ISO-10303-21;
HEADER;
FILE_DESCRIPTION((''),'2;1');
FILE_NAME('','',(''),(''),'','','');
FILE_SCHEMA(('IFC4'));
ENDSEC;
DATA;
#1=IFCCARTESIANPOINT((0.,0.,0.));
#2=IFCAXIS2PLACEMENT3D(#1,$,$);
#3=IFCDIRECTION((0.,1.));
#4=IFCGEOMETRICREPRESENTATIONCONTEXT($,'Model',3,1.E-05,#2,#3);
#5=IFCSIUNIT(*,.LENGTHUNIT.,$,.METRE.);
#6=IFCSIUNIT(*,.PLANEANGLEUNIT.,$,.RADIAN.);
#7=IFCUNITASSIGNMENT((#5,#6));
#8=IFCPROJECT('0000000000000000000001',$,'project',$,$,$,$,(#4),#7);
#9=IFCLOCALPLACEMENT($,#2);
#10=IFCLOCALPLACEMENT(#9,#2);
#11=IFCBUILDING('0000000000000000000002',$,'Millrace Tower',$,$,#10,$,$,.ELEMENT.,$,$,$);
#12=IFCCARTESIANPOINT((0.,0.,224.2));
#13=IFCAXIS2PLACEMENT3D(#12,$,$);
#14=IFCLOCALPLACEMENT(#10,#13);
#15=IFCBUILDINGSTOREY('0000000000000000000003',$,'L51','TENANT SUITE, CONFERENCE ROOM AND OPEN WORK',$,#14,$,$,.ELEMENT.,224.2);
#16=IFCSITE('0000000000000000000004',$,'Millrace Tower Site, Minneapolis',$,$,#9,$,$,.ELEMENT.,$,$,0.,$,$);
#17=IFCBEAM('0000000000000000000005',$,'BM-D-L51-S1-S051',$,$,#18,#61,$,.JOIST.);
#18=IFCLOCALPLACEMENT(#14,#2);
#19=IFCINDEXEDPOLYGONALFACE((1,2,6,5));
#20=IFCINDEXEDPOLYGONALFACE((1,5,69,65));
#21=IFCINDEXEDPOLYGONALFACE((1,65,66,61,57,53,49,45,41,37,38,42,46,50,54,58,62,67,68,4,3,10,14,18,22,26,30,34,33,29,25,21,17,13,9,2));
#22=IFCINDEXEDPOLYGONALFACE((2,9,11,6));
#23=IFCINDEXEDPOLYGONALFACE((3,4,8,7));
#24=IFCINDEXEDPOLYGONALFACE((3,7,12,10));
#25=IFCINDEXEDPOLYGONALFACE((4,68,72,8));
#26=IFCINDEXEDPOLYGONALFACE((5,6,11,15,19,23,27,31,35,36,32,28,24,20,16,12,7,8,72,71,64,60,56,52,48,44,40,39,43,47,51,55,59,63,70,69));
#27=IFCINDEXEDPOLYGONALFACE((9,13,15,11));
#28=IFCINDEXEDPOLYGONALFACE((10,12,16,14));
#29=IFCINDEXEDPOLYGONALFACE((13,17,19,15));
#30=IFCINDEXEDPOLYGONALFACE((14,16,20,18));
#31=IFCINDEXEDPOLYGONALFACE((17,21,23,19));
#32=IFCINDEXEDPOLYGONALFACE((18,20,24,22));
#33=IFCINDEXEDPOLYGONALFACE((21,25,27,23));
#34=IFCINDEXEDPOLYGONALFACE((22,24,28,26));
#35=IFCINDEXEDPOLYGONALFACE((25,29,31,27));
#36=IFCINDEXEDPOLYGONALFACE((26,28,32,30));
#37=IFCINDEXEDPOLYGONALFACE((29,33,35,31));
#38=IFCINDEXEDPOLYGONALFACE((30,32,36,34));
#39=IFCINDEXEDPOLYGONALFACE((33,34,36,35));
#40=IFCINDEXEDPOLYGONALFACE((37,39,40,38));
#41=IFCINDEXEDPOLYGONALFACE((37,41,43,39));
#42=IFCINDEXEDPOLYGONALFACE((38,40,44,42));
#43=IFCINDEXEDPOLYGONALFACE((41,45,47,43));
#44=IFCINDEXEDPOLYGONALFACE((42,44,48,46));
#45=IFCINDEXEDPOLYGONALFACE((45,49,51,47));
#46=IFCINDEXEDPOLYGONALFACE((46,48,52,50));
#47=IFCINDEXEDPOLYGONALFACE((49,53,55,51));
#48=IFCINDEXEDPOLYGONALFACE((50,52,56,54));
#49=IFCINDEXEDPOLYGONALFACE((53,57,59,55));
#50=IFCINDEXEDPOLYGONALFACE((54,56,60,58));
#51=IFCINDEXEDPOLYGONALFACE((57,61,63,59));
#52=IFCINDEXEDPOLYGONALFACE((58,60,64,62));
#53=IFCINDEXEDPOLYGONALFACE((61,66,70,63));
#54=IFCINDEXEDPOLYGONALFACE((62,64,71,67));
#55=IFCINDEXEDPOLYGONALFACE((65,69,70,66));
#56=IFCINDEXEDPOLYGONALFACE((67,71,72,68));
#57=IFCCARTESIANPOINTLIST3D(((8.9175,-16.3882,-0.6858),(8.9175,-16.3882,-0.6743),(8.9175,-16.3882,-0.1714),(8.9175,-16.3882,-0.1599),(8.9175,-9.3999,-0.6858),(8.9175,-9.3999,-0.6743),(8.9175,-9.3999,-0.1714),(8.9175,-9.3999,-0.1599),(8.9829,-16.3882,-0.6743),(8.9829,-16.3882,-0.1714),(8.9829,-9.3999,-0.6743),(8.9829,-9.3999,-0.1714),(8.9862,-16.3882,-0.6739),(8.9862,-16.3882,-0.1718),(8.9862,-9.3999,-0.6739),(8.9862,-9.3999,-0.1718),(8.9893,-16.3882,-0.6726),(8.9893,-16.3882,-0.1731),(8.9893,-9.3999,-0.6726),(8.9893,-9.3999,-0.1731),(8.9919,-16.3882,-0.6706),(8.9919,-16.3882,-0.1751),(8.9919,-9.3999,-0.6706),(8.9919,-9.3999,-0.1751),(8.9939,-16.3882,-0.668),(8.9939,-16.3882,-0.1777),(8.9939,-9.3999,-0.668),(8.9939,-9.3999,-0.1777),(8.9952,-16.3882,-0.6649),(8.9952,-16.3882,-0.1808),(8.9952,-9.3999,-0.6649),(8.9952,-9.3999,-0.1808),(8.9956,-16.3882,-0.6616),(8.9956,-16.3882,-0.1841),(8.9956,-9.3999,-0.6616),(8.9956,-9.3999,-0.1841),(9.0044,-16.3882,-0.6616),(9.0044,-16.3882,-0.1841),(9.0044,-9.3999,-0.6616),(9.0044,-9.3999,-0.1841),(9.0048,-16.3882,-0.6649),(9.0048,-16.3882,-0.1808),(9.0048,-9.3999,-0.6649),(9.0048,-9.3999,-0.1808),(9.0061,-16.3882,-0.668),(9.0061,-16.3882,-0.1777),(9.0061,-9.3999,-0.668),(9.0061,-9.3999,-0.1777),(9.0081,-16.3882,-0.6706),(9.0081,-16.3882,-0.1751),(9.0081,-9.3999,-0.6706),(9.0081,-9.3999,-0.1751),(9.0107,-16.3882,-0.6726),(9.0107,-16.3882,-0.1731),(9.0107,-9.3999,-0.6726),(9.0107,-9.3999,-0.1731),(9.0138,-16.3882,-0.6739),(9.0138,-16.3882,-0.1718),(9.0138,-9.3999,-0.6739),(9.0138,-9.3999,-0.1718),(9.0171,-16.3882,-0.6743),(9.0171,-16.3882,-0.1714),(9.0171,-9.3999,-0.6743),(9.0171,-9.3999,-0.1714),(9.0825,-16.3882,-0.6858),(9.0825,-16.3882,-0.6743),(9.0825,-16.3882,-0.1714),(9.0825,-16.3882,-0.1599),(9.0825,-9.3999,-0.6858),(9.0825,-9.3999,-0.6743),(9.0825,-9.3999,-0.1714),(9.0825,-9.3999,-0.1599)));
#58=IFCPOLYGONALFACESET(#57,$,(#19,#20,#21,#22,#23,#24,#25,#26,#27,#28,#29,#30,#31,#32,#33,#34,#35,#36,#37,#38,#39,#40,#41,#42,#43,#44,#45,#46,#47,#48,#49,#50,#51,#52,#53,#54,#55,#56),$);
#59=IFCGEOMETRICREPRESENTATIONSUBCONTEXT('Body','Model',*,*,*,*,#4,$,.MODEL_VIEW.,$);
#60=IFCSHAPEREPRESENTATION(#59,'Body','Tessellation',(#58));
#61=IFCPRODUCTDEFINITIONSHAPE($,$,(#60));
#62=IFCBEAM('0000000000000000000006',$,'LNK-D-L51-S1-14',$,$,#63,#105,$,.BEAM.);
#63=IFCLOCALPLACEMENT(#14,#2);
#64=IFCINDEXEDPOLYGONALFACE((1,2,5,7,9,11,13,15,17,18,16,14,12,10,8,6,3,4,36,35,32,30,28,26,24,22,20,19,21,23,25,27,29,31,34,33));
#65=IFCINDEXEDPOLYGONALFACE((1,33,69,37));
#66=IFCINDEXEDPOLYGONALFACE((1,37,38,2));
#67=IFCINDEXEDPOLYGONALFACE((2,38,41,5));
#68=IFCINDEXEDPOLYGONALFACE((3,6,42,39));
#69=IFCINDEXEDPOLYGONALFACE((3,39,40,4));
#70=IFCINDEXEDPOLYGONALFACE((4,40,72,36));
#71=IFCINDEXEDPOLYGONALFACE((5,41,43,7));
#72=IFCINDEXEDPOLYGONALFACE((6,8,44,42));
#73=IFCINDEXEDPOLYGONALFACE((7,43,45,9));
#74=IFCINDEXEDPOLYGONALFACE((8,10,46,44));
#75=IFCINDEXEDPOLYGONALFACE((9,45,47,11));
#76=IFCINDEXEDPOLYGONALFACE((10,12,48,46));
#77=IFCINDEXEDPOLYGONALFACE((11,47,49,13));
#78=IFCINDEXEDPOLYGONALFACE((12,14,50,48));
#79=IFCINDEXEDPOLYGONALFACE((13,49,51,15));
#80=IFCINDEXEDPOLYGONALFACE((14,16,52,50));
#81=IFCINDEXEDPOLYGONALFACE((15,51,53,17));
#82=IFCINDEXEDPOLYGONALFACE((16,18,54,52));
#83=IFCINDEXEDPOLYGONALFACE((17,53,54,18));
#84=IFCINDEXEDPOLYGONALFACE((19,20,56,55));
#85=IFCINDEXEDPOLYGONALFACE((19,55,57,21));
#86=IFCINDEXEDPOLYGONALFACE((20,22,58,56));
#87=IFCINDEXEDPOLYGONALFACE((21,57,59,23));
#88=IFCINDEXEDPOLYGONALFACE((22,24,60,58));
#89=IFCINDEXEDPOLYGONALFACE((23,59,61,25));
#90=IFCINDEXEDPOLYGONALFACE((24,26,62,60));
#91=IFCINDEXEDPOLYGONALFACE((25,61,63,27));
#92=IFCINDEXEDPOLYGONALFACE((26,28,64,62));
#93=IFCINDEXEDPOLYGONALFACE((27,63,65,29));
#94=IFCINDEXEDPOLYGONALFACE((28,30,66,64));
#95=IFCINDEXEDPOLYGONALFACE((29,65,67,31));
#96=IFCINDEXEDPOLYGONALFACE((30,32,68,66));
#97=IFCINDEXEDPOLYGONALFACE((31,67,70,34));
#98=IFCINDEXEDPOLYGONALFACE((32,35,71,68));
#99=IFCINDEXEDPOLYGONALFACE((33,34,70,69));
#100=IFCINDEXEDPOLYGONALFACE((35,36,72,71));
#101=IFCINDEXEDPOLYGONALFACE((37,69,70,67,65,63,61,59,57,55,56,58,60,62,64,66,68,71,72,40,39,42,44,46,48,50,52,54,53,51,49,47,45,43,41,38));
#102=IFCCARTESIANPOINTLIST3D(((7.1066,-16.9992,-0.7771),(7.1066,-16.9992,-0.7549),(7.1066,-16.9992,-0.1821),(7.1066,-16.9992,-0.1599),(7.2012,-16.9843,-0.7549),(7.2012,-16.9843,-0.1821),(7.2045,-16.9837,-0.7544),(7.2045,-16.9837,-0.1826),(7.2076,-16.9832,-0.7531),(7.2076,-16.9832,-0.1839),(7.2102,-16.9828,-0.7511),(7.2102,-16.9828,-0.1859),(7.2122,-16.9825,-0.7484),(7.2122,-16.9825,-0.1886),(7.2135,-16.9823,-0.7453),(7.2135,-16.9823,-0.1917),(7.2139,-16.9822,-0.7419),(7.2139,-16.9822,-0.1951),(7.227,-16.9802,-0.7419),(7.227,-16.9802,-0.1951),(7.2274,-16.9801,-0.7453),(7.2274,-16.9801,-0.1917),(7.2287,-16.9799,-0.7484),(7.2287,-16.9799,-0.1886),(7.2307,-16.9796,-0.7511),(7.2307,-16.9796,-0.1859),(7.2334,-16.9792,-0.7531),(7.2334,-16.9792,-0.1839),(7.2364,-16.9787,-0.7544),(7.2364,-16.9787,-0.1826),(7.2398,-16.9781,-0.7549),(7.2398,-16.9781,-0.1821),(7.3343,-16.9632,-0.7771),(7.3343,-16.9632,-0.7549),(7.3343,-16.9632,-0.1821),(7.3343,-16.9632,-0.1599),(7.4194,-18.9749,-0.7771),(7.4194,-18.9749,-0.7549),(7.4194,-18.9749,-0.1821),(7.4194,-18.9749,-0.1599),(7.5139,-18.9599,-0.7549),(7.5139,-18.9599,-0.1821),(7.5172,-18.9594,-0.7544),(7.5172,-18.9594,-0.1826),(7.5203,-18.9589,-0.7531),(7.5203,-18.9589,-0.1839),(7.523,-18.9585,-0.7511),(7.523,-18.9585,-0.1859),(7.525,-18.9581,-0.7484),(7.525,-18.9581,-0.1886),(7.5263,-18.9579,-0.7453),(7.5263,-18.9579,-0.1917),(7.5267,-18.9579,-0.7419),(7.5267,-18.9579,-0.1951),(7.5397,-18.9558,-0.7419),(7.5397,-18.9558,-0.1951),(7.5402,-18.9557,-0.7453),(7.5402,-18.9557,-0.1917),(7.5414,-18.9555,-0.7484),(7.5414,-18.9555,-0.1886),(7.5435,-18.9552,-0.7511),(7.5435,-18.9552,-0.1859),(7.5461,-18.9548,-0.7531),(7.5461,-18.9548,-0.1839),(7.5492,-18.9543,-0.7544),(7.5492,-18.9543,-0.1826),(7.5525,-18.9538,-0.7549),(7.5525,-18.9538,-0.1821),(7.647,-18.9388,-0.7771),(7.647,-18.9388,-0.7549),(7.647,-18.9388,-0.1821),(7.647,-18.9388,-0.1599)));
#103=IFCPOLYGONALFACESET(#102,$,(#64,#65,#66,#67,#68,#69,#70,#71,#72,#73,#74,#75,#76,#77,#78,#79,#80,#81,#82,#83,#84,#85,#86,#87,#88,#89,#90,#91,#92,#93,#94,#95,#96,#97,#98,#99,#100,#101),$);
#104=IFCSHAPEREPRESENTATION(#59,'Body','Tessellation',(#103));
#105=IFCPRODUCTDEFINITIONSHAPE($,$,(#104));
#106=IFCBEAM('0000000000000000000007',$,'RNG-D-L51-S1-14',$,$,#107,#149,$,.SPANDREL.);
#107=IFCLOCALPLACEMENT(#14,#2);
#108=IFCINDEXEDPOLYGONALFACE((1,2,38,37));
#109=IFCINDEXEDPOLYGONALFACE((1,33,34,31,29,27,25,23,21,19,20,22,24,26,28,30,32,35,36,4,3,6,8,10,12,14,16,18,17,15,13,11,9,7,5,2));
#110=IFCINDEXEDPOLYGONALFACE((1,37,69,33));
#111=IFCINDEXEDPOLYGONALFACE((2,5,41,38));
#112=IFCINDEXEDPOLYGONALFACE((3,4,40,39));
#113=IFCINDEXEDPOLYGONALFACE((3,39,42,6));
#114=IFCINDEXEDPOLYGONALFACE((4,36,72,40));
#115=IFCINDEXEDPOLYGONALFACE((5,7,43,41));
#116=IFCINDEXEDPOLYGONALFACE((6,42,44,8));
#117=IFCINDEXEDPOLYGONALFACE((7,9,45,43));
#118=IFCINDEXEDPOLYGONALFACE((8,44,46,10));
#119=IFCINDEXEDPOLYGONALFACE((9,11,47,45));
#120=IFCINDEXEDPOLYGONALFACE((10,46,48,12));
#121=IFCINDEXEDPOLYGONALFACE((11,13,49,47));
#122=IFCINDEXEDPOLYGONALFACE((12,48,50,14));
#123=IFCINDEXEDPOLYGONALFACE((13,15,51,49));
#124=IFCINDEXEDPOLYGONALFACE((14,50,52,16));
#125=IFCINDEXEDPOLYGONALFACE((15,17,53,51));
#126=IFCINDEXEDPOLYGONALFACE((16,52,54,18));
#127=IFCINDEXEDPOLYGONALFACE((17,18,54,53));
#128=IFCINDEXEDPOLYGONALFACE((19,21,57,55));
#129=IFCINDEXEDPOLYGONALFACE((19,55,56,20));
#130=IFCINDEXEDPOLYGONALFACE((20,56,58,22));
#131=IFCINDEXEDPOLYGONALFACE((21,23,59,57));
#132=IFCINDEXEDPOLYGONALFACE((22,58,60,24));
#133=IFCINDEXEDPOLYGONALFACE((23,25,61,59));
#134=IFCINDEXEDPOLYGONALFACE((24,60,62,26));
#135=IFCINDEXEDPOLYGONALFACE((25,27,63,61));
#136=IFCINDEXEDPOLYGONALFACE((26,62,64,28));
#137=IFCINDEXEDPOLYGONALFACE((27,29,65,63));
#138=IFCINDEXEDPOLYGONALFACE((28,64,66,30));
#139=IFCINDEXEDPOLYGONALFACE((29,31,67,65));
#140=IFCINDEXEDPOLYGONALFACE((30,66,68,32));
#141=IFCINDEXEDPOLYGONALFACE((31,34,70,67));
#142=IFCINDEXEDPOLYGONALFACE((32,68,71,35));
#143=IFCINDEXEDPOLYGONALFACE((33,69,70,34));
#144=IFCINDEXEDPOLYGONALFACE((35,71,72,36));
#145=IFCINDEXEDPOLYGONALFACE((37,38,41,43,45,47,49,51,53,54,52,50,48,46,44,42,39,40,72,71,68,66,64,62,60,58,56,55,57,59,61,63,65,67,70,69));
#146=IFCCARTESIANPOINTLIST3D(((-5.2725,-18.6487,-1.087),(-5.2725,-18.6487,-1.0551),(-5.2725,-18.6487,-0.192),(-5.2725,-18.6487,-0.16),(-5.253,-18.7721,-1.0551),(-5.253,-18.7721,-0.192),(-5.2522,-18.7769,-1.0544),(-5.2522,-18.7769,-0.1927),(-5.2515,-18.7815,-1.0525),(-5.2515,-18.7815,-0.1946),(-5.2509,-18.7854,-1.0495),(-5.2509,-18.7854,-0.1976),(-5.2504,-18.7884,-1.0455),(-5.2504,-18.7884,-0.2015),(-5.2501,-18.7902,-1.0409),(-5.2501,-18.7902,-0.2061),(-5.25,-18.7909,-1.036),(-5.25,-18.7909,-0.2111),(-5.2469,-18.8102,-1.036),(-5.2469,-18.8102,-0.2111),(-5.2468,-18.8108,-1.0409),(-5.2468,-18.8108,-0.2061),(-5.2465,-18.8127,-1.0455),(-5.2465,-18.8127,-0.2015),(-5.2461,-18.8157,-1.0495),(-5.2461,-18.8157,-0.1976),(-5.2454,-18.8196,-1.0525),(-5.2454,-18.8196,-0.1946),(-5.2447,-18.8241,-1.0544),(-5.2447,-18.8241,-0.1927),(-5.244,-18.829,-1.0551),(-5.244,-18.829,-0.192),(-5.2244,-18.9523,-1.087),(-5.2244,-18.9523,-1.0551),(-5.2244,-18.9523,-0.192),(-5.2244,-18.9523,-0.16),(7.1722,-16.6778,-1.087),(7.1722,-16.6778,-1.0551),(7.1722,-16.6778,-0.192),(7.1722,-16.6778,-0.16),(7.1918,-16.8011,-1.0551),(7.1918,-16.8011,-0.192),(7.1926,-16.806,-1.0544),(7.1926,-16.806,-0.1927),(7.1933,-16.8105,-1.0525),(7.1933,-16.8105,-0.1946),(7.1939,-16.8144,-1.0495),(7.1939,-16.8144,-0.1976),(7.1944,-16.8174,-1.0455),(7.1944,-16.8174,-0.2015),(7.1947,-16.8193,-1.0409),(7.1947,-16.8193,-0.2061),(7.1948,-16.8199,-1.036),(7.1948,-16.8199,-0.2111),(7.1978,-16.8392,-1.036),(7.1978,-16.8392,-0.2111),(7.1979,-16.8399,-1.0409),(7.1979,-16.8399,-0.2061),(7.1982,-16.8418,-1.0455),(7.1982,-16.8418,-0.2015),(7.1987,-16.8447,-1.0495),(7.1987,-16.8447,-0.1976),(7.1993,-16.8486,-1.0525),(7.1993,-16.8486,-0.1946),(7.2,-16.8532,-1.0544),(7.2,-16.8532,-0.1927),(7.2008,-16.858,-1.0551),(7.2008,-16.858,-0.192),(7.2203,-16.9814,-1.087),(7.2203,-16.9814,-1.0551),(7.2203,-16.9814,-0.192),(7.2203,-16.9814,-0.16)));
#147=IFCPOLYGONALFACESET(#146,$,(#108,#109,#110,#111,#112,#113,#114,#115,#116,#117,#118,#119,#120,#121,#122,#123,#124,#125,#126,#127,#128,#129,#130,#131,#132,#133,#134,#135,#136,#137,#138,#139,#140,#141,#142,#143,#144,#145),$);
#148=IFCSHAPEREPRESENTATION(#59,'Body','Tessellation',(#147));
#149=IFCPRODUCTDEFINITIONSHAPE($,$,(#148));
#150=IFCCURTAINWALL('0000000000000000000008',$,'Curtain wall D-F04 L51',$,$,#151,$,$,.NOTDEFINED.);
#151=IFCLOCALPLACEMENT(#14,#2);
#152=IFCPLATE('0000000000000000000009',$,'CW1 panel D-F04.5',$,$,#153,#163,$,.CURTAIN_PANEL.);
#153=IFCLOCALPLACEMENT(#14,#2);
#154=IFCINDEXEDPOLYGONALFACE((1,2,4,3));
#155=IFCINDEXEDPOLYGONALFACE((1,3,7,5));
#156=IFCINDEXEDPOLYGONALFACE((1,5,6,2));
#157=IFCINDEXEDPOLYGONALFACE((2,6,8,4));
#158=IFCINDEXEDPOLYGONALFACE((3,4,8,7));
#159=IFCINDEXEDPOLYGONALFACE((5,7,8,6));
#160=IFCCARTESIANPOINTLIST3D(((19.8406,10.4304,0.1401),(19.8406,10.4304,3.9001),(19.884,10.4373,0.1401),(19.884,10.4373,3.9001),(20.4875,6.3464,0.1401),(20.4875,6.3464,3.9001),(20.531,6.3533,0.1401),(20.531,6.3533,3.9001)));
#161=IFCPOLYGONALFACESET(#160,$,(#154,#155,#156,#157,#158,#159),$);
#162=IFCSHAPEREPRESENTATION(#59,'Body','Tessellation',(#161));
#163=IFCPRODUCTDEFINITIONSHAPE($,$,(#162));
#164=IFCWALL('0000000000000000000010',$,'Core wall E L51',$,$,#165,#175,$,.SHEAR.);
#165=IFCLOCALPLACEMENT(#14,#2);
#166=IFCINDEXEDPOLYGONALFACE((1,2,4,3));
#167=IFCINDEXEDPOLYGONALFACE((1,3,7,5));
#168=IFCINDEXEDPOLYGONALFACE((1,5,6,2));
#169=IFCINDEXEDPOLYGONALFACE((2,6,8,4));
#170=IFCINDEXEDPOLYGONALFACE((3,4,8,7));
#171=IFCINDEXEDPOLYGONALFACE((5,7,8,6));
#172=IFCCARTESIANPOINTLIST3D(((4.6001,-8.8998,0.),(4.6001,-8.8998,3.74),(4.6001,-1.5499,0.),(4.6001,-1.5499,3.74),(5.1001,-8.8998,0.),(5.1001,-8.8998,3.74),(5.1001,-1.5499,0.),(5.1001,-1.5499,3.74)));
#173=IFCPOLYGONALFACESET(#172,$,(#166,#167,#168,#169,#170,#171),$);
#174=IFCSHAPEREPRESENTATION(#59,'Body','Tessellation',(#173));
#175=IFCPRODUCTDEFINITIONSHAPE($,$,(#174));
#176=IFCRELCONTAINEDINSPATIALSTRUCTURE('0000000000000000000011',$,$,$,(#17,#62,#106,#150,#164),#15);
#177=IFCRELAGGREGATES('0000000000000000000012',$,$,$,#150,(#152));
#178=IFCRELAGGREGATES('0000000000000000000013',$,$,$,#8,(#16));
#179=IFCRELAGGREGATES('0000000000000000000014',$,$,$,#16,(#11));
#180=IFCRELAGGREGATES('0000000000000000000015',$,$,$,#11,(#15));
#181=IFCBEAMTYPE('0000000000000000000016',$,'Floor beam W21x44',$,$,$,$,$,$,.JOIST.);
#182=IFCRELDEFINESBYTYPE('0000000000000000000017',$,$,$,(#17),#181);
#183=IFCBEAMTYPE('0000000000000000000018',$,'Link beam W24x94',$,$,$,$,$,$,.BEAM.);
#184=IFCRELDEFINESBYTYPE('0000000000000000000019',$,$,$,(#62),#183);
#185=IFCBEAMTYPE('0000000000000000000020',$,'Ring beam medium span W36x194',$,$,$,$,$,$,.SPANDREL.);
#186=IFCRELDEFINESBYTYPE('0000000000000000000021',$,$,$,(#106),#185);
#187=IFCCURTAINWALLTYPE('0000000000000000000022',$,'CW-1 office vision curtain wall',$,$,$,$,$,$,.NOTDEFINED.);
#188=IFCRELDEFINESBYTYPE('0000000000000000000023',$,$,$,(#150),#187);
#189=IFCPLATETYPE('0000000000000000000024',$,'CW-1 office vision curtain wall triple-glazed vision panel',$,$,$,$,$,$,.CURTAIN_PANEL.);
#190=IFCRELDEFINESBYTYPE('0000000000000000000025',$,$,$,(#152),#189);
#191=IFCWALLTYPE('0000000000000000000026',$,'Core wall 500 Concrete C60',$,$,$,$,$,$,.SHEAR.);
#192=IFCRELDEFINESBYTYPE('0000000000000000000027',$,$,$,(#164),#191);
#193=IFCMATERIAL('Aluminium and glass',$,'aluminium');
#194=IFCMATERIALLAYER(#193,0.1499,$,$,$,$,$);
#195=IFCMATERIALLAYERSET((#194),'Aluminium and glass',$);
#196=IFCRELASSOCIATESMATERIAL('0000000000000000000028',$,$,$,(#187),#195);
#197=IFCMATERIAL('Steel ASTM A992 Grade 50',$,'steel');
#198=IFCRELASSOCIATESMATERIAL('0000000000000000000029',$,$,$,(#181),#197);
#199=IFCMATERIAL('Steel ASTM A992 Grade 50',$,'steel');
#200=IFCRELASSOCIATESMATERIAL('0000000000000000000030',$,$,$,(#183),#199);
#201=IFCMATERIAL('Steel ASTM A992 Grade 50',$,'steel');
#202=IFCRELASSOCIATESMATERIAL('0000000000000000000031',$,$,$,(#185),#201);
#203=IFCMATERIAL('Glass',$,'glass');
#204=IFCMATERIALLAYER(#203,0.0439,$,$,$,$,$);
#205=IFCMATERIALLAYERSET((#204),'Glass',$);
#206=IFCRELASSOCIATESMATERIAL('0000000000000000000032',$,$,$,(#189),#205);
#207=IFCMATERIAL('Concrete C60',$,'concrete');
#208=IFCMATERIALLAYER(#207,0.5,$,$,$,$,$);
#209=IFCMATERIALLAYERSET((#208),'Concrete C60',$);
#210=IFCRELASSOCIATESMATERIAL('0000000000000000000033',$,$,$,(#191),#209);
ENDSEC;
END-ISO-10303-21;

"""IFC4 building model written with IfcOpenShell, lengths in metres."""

from ifc_helpers import new_model, si_unit, direction, frame, frame_2d, origin, origin_2d, place, context, subcontext, project, spatial, polyline, rectangle, i_section, outline, extrude, material, layer, layer_set, material_profile, profile_set, type_object, element, aggregate, save


model = new_model("IFC4")

# Units and contexts
model_context = context("Model", 3, precision=1e-05, world=origin(), true_north=direction((0.0, 1.0)))
body_context = subcontext(model_context, "Body", "Model", "MODEL_VIEW")
ifc_project = project(units=[si_unit("LENGTHUNIT", "METRE"), si_unit("PLANEANGLEUNIT", "RADIAN")], contexts=[model_context])

# Site, building, storey
site_placement = place(None, origin())
site = spatial("IfcSite", under=ifc_project, at=site_placement, Name="Millrace Tower Site, Minneapolis", CompositionType="ELEMENT", RefElevation=0.0)
building_placement = place(site_placement, origin())
building = spatial("IfcBuilding", under=site, at=building_placement, Name="Millrace Tower", CompositionType="ELEMENT")
storey_placement = place(building_placement, frame((0.0, 0.0, 224.2)))
storey = spatial("IfcBuildingStorey", under=building, at=storey_placement, Name="L51", Description="TENANT SUITE, CONFERENCE ROOM AND OPEN WORK", CompositionType="ELEMENT", Elevation=224.2)

# Shared definitions
ifc_material_1 = material(Name="Aluminium and glass", Category="aluminium")
ifc_layer_1 = layer(ifc_material_1, 0.1499)
ifc_layer_set_1 = layer_set([ifc_layer_1], Name="Aluminium and glass")
curtain_wall_type = type_object("IfcCurtainWallType", Name="CW-1 office vision curtain wall", PredefinedType="NOTDEFINED", material=ifc_layer_set_1)
placement = place(storey_placement, origin())

# Beams
ifc_material_2 = material(Name="Steel ASTM A992 Grade 50", Category="steel")
ifc_material_profile_1 = material_profile(ifc_material_2, i_section(OverallWidth=0.165, OverallDepth=0.5259, WebThickness=0.0088, FlangeThickness=0.0115, FilletRadius=0.0127, at=origin_2d()))
ifc_profile_set_1 = profile_set([ifc_material_profile_1], Name="Steel ASTM A992 Grade 50")
beam_type_1 = type_object("IfcBeamType", Name="Floor beam W21x44", PredefinedType="JOIST", material=ifc_profile_set_1)
beam_1_placement = place(storey_placement, frame((9.0, -16.3882, -0.4229), z_axis=(0.0, 1.0, 0.0), x_axis=(-1.0, 0.0, 0.0)))
element("IfcBeam", 1, at=beam_1_placement, inside=storey, type_object=beam_type_1, Name="BM-D-L51-S1-S051", PredefinedType="JOIST", context=body_context, shape_type="SweptSolid", body=[
    extrude(i_section(OverallWidth=0.165, OverallDepth=0.5259, WebThickness=0.0088, FlangeThickness=0.0115, FilletRadius=0.0127, at=origin_2d()), origin(), (0.0, 0.0, 1.0), 6.9883),
])
ifc_material_3 = material(Name="Steel ASTM A992 Grade 50", Category="steel")
ifc_material_profile_2 = material_profile(ifc_material_3, i_section(OverallWidth=0.2305, OverallDepth=0.6172, WebThickness=0.0132, FlangeThickness=0.0222, FilletRadius=0.0129, at=origin_2d()))
ifc_profile_set_2 = profile_set([ifc_material_profile_2], Name="Steel ASTM A992 Grade 50")
beam_type_2 = type_object("IfcBeamType", Name="Link beam W24x94", PredefinedType="BEAM", material=ifc_profile_set_2)
beam_2_placement = place(storey_placement, frame((7.2205, -16.9812, -0.4685), z_axis=(0.156357, -0.987701, 0.0), x_axis=(0.987701, 0.156357, 0.0)))
element("IfcBeam", 2, at=beam_2_placement, inside=storey, type_object=beam_type_2, Name="LNK-D-L51-S1-14", PredefinedType="BEAM", context=body_context, shape_type="SweptSolid", body=[
    extrude(i_section(OverallWidth=0.2305, OverallDepth=0.6172, WebThickness=0.0132, FlangeThickness=0.0222, FilletRadius=0.0129, at=origin_2d()), origin(), (0.0, 0.0, 1.0), 2.0002),
])
ifc_material_4 = material(Name="Steel ASTM A992 Grade 50", Category="steel")
ifc_material_profile_3 = material_profile(ifc_material_4, i_section(OverallWidth=0.3074, OverallDepth=0.927, WebThickness=0.0195, FlangeThickness=0.032, FilletRadius=0.019, at=origin_2d()))
ifc_profile_set_3 = profile_set([ifc_material_profile_3], Name="Steel ASTM A992 Grade 50")
beam_type_3 = type_object("IfcBeamType", Name="Ring beam medium span W36x194", PredefinedType="SPANDREL", material=ifc_profile_set_3)
beam_3_placement = place(storey_placement, frame((7.1963, -16.8296, -0.6235), z_axis=(-0.98769, -0.156425, 0.0), x_axis=(0.156425, -0.98769, 0.0)))
element("IfcBeam", 3, at=beam_3_placement, inside=storey, type_object=beam_type_3, Name="RNG-D-L51-S1-14", PredefinedType="SPANDREL", context=body_context, shape_type="SweptSolid", body=[
    extrude(i_section(OverallWidth=0.3074, OverallDepth=0.927, WebThickness=0.0195, FlangeThickness=0.032, FilletRadius=0.019, at=origin_2d()), origin(), (0.0, 0.0, 1.0), 12.5999),
])

# Curtain wall, plate
curtain_wall_1 = element("IfcCurtainWall", 4, at=placement, inside=storey, type_object=curtain_wall_type, Name="Curtain wall D-F04 L51", PredefinedType="NOTDEFINED")
ifc_material_5 = material(Name="Glass", Category="glass")
ifc_layer_2 = layer(ifc_material_5, 0.0439)
ifc_layer_set_2 = layer_set([ifc_layer_2], Name="Glass")
plate_type = type_object("IfcPlateType", Name="CW-1 office vision curtain wall triple-glazed vision panel", PredefinedType="CURTAIN_PANEL", material=ifc_layer_set_2)
plate_placement = place(storey_placement, frame((0.0, 0.0, 0.1401)))
plate = element("IfcPlate", 5, at=plate_placement, type_object=plate_type, Name="CW1 panel D-F04.5", PredefinedType="CURTAIN_PANEL", context=body_context, shape_type="SweptSolid", body=[
    extrude(outline(polyline([(20.531, 6.3533), (19.884, 10.4373), (19.8406, 10.4304), (20.4875, 6.3464), (20.531, 6.3533)])), origin(), (0.0, 0.0, 1.0), 3.76),
])
aggregate(curtain_wall_1, [plate])

# Wall
ifc_material_6 = material(Name="Concrete C60", Category="concrete")
ifc_layer_3 = layer(ifc_material_6, 0.5)
ifc_layer_set_3 = layer_set([ifc_layer_3], Name="Concrete C60")
wall_type_1 = type_object("IfcWallType", Name="Core wall 500 Concrete C60", PredefinedType="SHEAR", material=ifc_layer_set_3)
wall_1_placement = place(storey_placement, frame((4.8501, -1.55, 0.0), z_axis=(0.0, 0.0, 1.0), x_axis=(0.0, -1.0, 0.0)))
element("IfcWall", 6, at=wall_1_placement, inside=storey, type_object=wall_type_1, Name="Core wall E L51", PredefinedType="SHEAR", context=body_context, shape_type="SweptSolid", body=[
    extrude(rectangle(XDim=7.3499, YDim=0.5, at=frame_2d((3.6748, 0.0))), origin(), (0.0, 0.0, 1.0), 3.74),
])

save(model, "model.ifc")
